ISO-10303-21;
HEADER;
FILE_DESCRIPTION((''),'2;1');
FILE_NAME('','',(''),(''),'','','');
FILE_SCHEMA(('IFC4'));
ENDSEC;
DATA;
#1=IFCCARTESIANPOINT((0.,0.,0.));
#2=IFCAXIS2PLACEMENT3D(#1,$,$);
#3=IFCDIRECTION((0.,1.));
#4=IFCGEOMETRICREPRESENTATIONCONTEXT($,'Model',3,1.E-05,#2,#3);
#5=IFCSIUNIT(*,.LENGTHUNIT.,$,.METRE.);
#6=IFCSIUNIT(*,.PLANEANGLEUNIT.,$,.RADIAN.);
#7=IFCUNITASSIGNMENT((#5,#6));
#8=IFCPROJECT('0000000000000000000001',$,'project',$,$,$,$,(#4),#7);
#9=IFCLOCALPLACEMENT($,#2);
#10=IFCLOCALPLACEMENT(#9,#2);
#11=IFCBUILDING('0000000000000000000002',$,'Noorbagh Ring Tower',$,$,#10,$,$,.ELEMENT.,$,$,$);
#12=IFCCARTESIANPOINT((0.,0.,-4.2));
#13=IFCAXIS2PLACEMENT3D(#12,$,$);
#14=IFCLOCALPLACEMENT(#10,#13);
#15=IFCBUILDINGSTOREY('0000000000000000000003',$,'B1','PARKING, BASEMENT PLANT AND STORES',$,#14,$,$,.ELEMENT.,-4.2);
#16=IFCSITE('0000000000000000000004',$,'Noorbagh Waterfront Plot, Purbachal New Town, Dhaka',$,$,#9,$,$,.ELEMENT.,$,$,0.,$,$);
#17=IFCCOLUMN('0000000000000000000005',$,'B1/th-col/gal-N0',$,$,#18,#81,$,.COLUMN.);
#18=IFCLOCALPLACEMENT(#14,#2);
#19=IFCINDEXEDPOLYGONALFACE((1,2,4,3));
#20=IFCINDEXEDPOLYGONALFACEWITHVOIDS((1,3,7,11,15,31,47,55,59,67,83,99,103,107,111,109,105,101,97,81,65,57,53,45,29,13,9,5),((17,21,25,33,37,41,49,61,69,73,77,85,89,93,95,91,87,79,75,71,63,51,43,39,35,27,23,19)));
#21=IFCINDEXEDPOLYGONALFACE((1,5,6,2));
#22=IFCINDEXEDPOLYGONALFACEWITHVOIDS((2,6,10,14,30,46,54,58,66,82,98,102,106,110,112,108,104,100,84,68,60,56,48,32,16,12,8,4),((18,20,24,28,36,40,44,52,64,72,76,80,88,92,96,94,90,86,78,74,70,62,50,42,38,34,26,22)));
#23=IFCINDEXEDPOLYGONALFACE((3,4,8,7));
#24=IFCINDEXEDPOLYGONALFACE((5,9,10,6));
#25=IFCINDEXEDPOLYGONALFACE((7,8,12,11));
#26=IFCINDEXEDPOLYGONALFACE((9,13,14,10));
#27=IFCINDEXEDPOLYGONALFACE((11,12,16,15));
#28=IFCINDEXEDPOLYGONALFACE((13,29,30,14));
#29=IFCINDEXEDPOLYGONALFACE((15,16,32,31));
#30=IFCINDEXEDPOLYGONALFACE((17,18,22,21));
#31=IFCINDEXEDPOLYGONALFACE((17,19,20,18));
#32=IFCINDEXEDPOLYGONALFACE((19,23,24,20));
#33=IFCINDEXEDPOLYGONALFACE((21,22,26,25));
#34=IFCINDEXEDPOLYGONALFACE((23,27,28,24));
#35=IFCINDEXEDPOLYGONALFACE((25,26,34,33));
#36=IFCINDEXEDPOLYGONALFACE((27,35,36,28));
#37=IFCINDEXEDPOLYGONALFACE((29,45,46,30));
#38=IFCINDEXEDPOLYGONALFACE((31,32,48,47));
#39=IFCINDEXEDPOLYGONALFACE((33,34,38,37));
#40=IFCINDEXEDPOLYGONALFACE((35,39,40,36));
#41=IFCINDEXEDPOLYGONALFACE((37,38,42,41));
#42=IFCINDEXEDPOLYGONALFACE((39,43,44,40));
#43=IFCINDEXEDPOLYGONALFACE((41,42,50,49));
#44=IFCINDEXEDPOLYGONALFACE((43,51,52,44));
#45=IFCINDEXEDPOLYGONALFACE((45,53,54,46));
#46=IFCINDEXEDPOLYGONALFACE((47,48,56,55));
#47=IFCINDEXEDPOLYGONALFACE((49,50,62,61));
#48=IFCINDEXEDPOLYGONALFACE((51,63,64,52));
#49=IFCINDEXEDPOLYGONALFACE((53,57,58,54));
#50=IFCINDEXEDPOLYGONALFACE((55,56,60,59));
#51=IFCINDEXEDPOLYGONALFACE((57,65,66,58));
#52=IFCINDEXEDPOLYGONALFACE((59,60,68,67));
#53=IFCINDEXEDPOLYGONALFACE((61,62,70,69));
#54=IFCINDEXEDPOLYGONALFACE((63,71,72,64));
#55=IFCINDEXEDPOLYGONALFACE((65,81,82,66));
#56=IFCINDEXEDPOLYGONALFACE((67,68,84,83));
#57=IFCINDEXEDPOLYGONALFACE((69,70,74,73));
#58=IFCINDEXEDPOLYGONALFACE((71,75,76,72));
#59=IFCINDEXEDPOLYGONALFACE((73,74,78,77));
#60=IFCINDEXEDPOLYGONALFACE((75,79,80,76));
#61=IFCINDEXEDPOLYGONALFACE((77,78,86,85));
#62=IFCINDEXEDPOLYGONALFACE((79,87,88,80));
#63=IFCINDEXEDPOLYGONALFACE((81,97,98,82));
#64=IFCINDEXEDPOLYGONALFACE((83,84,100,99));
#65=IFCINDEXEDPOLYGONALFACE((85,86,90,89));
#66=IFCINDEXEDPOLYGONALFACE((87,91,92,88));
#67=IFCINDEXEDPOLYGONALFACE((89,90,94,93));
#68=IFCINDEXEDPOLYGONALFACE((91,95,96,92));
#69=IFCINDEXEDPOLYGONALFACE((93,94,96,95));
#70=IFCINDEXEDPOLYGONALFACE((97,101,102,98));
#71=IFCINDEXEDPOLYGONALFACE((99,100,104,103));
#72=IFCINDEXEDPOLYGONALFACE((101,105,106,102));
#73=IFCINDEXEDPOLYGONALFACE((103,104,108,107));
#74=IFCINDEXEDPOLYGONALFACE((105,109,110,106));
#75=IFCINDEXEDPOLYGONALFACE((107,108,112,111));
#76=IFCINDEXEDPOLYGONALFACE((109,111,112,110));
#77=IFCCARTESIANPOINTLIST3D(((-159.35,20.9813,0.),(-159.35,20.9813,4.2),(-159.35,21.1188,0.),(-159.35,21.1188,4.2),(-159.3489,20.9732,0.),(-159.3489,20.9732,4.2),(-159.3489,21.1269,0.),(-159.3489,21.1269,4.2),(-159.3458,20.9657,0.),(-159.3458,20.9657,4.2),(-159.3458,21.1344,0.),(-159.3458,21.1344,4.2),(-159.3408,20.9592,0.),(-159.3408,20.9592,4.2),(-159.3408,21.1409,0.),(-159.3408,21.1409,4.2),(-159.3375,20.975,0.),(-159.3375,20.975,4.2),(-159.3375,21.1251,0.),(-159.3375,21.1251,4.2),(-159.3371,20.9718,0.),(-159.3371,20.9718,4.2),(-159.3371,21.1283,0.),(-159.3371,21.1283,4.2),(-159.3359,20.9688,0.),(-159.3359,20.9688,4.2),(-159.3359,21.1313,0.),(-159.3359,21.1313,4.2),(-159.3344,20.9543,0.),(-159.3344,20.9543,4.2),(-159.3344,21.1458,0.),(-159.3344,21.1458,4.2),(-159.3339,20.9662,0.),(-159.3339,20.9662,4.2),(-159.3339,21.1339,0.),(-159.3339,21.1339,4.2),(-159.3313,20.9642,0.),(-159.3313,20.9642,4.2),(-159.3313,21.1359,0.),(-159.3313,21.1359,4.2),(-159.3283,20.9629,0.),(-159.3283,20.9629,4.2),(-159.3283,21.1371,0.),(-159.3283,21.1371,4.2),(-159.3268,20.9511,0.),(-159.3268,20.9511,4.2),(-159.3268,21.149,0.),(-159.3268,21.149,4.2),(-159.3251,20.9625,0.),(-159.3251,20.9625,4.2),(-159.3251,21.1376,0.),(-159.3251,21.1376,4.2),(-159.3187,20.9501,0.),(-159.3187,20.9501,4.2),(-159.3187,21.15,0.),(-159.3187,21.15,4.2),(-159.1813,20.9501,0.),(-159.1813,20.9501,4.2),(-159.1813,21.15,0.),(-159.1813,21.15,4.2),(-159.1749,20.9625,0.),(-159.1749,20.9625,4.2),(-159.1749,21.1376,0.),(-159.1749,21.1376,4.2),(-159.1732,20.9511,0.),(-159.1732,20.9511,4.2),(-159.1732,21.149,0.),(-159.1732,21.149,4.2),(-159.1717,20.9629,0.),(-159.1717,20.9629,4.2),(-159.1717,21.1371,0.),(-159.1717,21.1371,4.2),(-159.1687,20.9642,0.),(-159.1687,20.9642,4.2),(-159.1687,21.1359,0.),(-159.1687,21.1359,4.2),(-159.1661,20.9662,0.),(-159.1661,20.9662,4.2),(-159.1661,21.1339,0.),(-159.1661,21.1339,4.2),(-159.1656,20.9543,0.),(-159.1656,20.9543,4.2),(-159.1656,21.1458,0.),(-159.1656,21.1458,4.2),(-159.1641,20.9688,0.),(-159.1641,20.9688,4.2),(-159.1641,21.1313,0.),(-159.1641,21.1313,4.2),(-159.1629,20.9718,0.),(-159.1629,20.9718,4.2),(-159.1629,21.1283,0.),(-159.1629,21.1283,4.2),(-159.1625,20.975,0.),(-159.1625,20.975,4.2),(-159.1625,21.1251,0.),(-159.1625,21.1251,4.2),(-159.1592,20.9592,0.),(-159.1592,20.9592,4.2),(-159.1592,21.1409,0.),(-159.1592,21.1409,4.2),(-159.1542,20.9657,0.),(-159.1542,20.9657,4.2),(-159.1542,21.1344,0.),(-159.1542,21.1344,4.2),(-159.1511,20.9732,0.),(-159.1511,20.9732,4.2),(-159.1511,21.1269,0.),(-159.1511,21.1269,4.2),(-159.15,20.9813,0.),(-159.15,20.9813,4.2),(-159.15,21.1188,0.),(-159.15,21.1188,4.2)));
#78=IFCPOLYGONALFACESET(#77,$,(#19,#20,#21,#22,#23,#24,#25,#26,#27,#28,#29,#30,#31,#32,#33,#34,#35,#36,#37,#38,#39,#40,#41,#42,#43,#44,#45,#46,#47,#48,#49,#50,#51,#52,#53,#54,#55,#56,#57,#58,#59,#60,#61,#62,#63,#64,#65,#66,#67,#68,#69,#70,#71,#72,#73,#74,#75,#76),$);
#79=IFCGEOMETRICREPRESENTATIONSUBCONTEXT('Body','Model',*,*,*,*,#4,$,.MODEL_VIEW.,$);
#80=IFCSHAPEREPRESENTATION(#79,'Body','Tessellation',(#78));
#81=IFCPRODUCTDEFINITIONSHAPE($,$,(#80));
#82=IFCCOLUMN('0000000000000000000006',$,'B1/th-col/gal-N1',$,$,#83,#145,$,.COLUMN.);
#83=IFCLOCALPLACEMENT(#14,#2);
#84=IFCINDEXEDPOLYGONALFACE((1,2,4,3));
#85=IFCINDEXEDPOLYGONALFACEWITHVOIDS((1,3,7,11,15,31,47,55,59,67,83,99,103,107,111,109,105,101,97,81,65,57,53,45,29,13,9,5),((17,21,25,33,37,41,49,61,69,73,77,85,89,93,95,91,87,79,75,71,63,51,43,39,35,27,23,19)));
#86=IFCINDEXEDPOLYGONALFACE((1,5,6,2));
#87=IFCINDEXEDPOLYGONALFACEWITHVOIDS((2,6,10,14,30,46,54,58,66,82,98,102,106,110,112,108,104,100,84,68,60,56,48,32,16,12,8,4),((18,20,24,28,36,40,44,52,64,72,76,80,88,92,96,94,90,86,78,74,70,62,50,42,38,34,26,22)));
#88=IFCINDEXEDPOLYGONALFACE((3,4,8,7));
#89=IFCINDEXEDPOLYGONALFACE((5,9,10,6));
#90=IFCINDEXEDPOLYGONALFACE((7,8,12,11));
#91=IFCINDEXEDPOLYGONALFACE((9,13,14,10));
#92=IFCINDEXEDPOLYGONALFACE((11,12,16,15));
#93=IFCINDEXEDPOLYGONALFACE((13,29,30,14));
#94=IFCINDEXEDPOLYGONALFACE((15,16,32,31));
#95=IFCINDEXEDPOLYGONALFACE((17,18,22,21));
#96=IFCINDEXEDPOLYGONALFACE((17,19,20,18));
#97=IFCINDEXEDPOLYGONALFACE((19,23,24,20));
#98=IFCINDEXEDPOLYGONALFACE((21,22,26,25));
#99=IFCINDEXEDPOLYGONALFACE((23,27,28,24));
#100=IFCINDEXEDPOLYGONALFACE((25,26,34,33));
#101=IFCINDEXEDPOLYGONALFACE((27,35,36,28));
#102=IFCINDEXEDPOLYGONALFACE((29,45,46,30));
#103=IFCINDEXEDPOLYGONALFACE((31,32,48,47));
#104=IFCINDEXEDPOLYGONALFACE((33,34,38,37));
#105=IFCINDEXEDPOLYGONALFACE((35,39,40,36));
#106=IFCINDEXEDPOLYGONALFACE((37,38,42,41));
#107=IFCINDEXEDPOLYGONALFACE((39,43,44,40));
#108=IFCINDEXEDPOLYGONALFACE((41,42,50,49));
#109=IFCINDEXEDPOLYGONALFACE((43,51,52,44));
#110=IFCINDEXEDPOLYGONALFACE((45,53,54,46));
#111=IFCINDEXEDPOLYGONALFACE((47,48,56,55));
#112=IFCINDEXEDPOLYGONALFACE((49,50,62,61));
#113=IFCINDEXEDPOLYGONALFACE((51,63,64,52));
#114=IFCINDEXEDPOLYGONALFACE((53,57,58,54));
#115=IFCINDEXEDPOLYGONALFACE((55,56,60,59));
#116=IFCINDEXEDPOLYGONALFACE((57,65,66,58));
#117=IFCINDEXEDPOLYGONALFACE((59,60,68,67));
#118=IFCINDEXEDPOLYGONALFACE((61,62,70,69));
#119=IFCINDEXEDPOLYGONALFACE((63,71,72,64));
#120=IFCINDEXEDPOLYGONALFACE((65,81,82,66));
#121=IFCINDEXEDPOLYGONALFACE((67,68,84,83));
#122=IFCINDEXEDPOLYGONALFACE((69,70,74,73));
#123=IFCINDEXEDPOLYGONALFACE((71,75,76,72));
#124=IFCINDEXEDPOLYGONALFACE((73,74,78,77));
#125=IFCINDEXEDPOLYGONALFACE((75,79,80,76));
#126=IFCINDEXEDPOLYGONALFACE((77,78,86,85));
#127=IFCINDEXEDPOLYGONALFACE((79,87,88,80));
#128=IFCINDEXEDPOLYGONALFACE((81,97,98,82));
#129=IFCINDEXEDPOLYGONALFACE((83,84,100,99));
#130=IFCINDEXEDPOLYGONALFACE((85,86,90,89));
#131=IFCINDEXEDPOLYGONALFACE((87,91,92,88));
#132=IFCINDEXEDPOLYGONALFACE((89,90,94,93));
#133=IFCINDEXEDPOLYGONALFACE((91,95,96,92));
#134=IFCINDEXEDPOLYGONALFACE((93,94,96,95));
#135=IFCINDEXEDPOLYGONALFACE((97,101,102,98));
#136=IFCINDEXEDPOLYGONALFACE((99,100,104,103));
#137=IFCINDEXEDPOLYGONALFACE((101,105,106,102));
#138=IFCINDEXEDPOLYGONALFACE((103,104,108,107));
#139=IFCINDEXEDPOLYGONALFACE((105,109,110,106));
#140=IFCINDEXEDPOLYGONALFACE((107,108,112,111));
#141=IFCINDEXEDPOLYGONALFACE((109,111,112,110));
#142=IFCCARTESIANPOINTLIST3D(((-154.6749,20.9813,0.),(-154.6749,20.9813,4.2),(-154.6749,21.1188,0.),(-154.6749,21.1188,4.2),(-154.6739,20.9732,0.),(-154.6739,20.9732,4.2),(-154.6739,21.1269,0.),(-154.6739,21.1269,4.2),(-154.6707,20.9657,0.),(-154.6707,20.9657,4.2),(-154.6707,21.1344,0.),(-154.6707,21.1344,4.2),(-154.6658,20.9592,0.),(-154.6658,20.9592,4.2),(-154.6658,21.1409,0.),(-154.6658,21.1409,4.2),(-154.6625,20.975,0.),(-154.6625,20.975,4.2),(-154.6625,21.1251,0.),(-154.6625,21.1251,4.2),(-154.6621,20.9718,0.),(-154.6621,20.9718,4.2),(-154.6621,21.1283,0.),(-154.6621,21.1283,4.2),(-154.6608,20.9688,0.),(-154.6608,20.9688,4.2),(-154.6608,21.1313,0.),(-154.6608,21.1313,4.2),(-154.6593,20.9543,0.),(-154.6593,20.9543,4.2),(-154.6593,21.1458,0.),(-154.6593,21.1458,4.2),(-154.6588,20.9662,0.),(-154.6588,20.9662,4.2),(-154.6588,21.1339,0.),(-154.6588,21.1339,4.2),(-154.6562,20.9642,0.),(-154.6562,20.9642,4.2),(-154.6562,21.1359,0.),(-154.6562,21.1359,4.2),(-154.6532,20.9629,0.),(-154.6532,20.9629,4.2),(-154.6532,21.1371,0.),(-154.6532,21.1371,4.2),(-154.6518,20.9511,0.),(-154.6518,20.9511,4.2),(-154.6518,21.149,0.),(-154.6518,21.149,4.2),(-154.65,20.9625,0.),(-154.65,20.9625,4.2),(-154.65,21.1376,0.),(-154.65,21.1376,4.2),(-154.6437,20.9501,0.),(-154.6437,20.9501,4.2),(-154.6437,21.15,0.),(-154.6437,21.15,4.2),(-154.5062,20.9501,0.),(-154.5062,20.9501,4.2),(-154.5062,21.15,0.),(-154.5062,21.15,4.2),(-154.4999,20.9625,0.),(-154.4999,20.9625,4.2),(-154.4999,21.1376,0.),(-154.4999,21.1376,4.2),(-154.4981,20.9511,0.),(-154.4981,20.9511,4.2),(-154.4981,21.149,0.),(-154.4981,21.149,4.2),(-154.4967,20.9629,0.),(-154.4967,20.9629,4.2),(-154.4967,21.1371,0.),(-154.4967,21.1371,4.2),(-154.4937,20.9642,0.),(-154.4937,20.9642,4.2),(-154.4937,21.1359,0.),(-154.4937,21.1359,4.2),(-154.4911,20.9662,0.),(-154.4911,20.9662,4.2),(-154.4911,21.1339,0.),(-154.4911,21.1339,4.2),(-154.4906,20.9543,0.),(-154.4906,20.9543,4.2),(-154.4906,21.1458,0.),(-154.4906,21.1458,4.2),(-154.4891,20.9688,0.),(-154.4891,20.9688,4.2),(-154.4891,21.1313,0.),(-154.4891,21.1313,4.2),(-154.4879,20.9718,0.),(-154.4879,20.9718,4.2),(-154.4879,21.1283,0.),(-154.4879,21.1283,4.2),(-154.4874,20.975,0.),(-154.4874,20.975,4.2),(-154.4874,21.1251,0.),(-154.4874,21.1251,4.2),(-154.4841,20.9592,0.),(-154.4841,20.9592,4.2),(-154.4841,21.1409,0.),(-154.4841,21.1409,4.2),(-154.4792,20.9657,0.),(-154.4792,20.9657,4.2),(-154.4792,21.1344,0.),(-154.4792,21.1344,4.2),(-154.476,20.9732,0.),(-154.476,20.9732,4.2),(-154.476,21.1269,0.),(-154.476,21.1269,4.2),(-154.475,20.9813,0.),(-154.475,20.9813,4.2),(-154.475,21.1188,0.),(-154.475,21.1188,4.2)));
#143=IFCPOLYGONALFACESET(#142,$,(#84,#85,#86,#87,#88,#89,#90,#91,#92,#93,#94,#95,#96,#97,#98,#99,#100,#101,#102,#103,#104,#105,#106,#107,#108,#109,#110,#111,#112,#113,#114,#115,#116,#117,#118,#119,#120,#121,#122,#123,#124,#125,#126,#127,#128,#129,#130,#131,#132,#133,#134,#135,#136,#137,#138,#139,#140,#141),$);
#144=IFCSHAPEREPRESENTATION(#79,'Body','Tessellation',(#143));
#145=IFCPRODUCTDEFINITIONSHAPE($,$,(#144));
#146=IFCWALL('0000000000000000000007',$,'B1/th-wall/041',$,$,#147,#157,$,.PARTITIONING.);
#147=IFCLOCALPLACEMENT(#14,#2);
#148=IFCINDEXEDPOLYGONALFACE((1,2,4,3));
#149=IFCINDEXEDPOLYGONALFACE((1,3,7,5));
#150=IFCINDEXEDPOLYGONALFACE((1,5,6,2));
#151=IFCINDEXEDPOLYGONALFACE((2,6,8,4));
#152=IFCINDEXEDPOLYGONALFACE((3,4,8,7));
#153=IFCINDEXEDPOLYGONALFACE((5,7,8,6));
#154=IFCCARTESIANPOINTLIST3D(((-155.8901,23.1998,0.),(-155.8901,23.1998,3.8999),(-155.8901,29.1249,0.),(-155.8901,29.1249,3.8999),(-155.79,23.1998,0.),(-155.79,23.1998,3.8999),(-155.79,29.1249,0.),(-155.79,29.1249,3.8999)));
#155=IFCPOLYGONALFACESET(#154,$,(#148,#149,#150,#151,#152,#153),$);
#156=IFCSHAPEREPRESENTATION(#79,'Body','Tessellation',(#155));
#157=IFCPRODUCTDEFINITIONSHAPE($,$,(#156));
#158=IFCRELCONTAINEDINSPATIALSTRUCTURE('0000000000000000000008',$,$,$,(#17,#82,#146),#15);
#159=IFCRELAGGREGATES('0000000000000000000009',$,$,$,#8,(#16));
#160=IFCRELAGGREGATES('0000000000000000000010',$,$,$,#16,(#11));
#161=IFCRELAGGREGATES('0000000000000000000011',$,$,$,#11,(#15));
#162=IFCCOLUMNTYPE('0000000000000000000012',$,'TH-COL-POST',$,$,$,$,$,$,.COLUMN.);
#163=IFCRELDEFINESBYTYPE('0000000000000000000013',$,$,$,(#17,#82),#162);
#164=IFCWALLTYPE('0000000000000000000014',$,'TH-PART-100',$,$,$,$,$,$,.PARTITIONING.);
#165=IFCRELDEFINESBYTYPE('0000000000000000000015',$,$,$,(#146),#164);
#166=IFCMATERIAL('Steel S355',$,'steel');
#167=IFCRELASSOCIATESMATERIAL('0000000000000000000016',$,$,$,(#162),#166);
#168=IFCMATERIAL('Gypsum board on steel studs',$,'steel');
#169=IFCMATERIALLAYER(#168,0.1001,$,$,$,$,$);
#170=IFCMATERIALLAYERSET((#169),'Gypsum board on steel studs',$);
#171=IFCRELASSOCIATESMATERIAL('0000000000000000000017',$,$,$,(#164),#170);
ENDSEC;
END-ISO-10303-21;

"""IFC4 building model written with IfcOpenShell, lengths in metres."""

from ifc_helpers import new_model, si_unit, direction, frame, frame_2d, origin, origin_2d, place, context, subcontext, project, spatial, rectangle, hollow_rectangle, extrude, material, layer, layer_set, material_profile, profile_set, type_object, element, save


model = new_model("IFC4")

# Units and contexts
model_context = context("Model", 3, precision=1e-05, world=origin(), true_north=direction((0.0, 1.0)))
body_context = subcontext(model_context, "Body", "Model", "MODEL_VIEW")
ifc_project = project(units=[si_unit("LENGTHUNIT", "METRE"), si_unit("PLANEANGLEUNIT", "RADIAN")], contexts=[model_context])

# Site, building, storey
site_placement = place(None, origin())
site = spatial("IfcSite", under=ifc_project, at=site_placement, Name="Noorbagh Waterfront Plot, Purbachal New Town, Dhaka", CompositionType="ELEMENT", RefElevation=0.0)
building_placement = place(site_placement, origin())
building = spatial("IfcBuilding", under=site, at=building_placement, Name="Noorbagh Ring Tower", CompositionType="ELEMENT")
storey_placement = place(building_placement, frame((0.0, 0.0, -4.2)))
storey = spatial("IfcBuildingStorey", under=building, at=storey_placement, Name="B1", Description="PARKING, BASEMENT PLANT AND STORES", CompositionType="ELEMENT", Elevation=-4.2)

# Columns
ifc_material_1 = material(Name="Steel S355", Category="steel")
ifc_material_profile_1 = material_profile(ifc_material_1, hollow_rectangle(XDim=0.2, YDim=0.2, WallThickness=0.0125, InnerFilletRadius=0.0125, OuterFilletRadius=0.0312, at=origin_2d()), Name="SHS200x200x12.5")
ifc_profile_set_1 = profile_set([ifc_material_profile_1], Name="Steel S355")
column_type = type_object("IfcColumnType", Name="TH-COL-POST", PredefinedType="COLUMN", material=ifc_profile_set_1)
for number, where, z_axis, x_axis, name in (
    (1, (-159.25, 21.05, 0.0), (0.0, 0.0, 1.0), (1.0, 0.0, 0.0), "B1/th-col/gal-N0"),
    (2, (-154.575, 21.05, 0.0), (0.0, 0.0, 1.0), (1.0, 0.0, 0.0), "B1/th-col/gal-N1"),
):
    element("IfcColumn", number, at=place(storey_placement, frame(where, z_axis=z_axis, x_axis=x_axis)), inside=storey, type_object=column_type, Name=name, PredefinedType="COLUMN", context=body_context, shape_type="SweptSolid", body=[
        extrude(hollow_rectangle(XDim=0.2, YDim=0.2, WallThickness=0.0125, InnerFilletRadius=0.0125, OuterFilletRadius=0.0312, at=origin_2d()), origin(), (0.0, 0.0, 1.0), 4.2),
    ])

# Wall
ifc_material_2 = material(Name="Gypsum board on steel studs", Category="steel")
ifc_layer_1 = layer(ifc_material_2, 0.1001)
ifc_layer_set_1 = layer_set([ifc_layer_1], Name="Gypsum board on steel studs")
wall_type_1 = type_object("IfcWallType", Name="TH-PART-100", PredefinedType="PARTITIONING", material=ifc_layer_set_1)
wall_1_placement = place(storey_placement, frame((-155.8401, 23.2, 0.0), z_axis=(0.0, 0.0, 1.0), x_axis=(0.0, 1.0, 0.0)))
element("IfcWall", 3, at=wall_1_placement, inside=storey, type_object=wall_type_1, Name="B1/th-wall/041", PredefinedType="PARTITIONING", context=body_context, shape_type="SweptSolid", body=[
    extrude(rectangle(XDim=5.925, YDim=0.1001, at=frame_2d((2.9624, 0.0))), origin(), (0.0, 0.0, 1.0), 3.8999),
])

save(model, "model.ifc")
